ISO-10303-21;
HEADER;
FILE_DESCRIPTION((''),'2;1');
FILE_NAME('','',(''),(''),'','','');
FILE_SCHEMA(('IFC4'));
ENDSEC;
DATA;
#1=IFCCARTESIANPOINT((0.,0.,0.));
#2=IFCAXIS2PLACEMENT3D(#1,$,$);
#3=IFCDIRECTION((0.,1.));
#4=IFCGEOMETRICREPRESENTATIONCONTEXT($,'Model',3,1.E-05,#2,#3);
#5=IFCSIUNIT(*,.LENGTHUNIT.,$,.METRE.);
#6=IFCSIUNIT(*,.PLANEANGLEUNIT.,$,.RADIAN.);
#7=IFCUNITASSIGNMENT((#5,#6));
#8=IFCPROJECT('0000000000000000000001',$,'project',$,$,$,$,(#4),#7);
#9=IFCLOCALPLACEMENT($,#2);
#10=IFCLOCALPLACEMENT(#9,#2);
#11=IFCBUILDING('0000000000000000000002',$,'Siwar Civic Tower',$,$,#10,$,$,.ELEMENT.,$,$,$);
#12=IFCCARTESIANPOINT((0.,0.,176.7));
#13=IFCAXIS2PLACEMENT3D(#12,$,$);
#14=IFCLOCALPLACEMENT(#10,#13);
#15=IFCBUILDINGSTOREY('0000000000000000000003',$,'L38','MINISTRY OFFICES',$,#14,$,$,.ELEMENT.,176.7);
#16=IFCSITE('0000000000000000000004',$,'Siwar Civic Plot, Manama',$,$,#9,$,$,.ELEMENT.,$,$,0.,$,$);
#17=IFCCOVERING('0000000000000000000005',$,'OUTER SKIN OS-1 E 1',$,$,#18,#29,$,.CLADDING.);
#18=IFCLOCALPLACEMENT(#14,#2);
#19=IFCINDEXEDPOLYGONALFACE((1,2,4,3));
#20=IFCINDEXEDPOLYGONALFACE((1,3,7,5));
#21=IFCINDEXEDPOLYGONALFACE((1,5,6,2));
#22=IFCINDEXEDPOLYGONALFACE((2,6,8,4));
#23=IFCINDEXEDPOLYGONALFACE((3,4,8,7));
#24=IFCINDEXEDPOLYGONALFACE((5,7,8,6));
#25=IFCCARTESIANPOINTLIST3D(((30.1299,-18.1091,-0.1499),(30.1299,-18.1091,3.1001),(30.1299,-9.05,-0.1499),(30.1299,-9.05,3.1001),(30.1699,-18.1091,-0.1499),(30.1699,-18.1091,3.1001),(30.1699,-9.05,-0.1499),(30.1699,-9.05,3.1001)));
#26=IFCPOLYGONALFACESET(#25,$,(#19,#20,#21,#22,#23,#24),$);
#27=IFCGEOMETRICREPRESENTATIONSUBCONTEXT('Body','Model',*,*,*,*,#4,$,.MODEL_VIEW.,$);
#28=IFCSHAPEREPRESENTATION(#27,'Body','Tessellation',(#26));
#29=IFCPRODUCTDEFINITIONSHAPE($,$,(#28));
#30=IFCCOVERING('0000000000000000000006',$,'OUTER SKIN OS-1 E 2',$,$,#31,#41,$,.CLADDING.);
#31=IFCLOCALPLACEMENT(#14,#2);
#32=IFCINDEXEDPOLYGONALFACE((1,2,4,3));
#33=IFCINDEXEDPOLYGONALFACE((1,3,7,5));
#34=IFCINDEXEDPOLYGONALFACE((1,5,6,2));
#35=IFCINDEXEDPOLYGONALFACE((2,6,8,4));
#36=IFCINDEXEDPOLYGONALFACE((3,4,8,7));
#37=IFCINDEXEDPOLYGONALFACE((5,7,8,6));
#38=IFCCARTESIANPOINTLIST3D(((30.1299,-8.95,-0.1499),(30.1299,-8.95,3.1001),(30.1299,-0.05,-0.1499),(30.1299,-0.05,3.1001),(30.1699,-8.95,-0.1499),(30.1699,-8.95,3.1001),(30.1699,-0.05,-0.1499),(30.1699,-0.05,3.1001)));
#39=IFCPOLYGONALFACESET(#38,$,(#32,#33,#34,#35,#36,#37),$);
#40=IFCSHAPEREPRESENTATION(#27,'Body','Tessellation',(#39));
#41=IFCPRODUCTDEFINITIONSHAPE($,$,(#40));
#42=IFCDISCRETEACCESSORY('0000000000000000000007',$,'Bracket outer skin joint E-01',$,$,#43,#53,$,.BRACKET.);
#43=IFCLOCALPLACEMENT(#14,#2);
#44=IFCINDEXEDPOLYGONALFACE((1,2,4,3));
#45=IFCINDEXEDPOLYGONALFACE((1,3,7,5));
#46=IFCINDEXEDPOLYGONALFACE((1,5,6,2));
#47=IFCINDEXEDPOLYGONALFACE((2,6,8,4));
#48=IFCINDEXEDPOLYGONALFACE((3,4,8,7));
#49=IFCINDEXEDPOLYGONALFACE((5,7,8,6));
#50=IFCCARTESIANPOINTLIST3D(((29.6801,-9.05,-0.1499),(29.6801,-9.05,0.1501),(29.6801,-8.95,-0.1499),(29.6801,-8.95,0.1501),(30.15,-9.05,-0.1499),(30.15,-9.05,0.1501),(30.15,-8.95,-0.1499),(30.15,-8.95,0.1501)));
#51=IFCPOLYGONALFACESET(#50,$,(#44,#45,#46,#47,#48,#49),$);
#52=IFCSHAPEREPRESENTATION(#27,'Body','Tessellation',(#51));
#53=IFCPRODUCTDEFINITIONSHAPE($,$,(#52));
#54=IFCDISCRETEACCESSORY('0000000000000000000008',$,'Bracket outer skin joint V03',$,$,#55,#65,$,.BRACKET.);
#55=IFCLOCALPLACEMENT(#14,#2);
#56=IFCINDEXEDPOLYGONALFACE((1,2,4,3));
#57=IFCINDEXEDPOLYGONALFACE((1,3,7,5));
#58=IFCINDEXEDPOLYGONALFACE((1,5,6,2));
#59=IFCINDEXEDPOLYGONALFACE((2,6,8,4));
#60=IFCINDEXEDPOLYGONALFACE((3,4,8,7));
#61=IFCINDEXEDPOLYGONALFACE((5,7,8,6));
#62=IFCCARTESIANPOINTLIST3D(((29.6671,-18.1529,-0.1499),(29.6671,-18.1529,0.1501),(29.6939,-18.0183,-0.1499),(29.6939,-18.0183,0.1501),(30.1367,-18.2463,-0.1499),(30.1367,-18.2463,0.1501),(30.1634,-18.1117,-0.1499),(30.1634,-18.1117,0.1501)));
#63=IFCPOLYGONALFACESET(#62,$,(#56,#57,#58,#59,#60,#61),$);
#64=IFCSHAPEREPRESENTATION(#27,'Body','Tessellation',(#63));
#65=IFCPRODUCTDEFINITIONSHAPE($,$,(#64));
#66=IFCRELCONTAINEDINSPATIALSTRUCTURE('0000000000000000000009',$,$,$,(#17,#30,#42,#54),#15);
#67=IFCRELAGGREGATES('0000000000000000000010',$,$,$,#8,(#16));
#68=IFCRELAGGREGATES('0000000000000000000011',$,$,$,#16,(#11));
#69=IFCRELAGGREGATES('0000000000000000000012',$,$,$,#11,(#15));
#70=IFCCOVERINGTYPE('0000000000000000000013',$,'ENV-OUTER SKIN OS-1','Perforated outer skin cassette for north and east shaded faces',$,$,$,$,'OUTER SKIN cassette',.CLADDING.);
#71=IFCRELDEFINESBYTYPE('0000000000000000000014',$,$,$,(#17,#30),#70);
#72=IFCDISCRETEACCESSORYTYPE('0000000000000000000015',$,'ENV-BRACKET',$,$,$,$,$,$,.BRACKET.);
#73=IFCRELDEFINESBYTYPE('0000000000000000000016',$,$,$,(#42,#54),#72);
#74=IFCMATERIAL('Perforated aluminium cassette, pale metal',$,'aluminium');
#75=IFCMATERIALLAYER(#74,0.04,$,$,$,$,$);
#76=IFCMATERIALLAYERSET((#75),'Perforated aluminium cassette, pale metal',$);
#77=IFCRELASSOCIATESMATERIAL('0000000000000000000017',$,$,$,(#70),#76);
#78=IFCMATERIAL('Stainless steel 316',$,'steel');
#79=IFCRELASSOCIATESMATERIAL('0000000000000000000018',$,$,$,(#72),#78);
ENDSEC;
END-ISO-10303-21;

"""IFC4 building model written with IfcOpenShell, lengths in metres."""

from ifc_helpers import new_model, si_unit, direction, frame, origin, origin_2d, place, context, subcontext, project, spatial, rectangle, extrude, material, layer, layer_set, type_object, element, save


model = new_model("IFC4")

# Units and contexts
model_context = context("Model", 3, precision=1e-05, world=origin(), true_north=direction((0.0, 1.0)))
body_context = subcontext(model_context, "Body", "Model", "MODEL_VIEW")
ifc_project = project(units=[si_unit("LENGTHUNIT", "METRE"), si_unit("PLANEANGLEUNIT", "RADIAN")], contexts=[model_context])

# Site, building, storey
site_placement = place(None, origin())
site = spatial("IfcSite", under=ifc_project, at=site_placement, Name="Siwar Civic Plot, Manama", CompositionType="ELEMENT", RefElevation=0.0)
building_placement = place(site_placement, origin())
building = spatial("IfcBuilding", under=site, at=building_placement, Name="Siwar Civic Tower", CompositionType="ELEMENT")
storey_placement = place(building_placement, frame((0.0, 0.0, 176.7)))
storey = spatial("IfcBuildingStorey", under=building, at=storey_placement, Name="L38", Description="MINISTRY OFFICES", CompositionType="ELEMENT", Elevation=176.7)

# Coverings
ifc_material_1 = material(Name="Perforated aluminium cassette, pale metal", Category="aluminium")
ifc_layer_1 = layer(ifc_material_1, 0.04)
ifc_layer_set_1 = layer_set([ifc_layer_1], Name="Perforated aluminium cassette, pale metal")
covering_type = type_object("IfcCoveringType", Name="ENV-OUTER SKIN OS-1", Description="Perforated outer skin cassette for north and east shaded faces", ElementType="OUTER SKIN cassette", PredefinedType="CLADDING", material=ifc_layer_set_1)
covering_1_placement = place(storey_placement, frame((30.1499, -13.5796, -0.1499), z_axis=(0.0, 0.0, 1.0), x_axis=(0.0, 1.0, 0.0)))
element("IfcCovering", 1, at=covering_1_placement, inside=storey, type_object=covering_type, Name="OUTER SKIN OS-1 E 1", PredefinedType="CLADDING", context=body_context, shape_type="SweptSolid", body=[
    extrude(rectangle(XDim=9.0591, YDim=0.04, at=origin_2d()), origin(), (0.0, 0.0, 1.0), 3.25),
])
covering_2_placement = place(storey_placement, frame((30.1499, -4.5, -0.1499), z_axis=(0.0, 0.0, 1.0), x_axis=(0.0, 1.0, 0.0)))
element("IfcCovering", 2, at=covering_2_placement, inside=storey, type_object=covering_type, Name="OUTER SKIN OS-1 E 2", PredefinedType="CLADDING", context=body_context, shape_type="SweptSolid", body=[
    extrude(rectangle(XDim=8.8999, YDim=0.04, at=origin_2d()), origin(), (0.0, 0.0, 1.0), 3.25),
])

# Discrete accessories
ifc_material_2 = material(Name="Stainless steel 316", Category="steel")
discrete_accessory_type = type_object("IfcDiscreteAccessoryType", Name="ENV-BRACKET", PredefinedType="BRACKET", material=ifc_material_2)
discrete_accessory_1_placement = place(storey_placement, frame((29.915, -9.0, -0.1499), z_axis=(0.0, 0.0, 1.0), x_axis=(1.0, 0.0, 0.0)))
element("IfcDiscreteAccessory", 3, at=discrete_accessory_1_placement, inside=storey, type_object=discrete_accessory_type, Name="Bracket outer skin joint E-01", PredefinedType="BRACKET", context=body_context, shape_type="SweptSolid", body=[
    extrude(rectangle(XDim=0.47, YDim=0.1001, at=origin_2d()), origin(), (0.0, 0.0, 1.0), 0.3),
])
discrete_accessory_2_placement = place(storey_placement, frame((29.9153, -18.1323, -0.1499), z_axis=(0.0, 0.0, 1.0), x_axis=(0.980785, -0.19509, 0.0)))
element("IfcDiscreteAccessory", 4, at=discrete_accessory_2_placement, inside=storey, type_object=discrete_accessory_type, Name="Bracket outer skin joint V03", PredefinedType="BRACKET", context=body_context, shape_type="SweptSolid", body=[
    extrude(rectangle(XDim=0.4788, YDim=0.1372, at=origin_2d()), origin(), (0.0, 0.0, 1.0), 0.3),
])

save(model, "model.ifc")
